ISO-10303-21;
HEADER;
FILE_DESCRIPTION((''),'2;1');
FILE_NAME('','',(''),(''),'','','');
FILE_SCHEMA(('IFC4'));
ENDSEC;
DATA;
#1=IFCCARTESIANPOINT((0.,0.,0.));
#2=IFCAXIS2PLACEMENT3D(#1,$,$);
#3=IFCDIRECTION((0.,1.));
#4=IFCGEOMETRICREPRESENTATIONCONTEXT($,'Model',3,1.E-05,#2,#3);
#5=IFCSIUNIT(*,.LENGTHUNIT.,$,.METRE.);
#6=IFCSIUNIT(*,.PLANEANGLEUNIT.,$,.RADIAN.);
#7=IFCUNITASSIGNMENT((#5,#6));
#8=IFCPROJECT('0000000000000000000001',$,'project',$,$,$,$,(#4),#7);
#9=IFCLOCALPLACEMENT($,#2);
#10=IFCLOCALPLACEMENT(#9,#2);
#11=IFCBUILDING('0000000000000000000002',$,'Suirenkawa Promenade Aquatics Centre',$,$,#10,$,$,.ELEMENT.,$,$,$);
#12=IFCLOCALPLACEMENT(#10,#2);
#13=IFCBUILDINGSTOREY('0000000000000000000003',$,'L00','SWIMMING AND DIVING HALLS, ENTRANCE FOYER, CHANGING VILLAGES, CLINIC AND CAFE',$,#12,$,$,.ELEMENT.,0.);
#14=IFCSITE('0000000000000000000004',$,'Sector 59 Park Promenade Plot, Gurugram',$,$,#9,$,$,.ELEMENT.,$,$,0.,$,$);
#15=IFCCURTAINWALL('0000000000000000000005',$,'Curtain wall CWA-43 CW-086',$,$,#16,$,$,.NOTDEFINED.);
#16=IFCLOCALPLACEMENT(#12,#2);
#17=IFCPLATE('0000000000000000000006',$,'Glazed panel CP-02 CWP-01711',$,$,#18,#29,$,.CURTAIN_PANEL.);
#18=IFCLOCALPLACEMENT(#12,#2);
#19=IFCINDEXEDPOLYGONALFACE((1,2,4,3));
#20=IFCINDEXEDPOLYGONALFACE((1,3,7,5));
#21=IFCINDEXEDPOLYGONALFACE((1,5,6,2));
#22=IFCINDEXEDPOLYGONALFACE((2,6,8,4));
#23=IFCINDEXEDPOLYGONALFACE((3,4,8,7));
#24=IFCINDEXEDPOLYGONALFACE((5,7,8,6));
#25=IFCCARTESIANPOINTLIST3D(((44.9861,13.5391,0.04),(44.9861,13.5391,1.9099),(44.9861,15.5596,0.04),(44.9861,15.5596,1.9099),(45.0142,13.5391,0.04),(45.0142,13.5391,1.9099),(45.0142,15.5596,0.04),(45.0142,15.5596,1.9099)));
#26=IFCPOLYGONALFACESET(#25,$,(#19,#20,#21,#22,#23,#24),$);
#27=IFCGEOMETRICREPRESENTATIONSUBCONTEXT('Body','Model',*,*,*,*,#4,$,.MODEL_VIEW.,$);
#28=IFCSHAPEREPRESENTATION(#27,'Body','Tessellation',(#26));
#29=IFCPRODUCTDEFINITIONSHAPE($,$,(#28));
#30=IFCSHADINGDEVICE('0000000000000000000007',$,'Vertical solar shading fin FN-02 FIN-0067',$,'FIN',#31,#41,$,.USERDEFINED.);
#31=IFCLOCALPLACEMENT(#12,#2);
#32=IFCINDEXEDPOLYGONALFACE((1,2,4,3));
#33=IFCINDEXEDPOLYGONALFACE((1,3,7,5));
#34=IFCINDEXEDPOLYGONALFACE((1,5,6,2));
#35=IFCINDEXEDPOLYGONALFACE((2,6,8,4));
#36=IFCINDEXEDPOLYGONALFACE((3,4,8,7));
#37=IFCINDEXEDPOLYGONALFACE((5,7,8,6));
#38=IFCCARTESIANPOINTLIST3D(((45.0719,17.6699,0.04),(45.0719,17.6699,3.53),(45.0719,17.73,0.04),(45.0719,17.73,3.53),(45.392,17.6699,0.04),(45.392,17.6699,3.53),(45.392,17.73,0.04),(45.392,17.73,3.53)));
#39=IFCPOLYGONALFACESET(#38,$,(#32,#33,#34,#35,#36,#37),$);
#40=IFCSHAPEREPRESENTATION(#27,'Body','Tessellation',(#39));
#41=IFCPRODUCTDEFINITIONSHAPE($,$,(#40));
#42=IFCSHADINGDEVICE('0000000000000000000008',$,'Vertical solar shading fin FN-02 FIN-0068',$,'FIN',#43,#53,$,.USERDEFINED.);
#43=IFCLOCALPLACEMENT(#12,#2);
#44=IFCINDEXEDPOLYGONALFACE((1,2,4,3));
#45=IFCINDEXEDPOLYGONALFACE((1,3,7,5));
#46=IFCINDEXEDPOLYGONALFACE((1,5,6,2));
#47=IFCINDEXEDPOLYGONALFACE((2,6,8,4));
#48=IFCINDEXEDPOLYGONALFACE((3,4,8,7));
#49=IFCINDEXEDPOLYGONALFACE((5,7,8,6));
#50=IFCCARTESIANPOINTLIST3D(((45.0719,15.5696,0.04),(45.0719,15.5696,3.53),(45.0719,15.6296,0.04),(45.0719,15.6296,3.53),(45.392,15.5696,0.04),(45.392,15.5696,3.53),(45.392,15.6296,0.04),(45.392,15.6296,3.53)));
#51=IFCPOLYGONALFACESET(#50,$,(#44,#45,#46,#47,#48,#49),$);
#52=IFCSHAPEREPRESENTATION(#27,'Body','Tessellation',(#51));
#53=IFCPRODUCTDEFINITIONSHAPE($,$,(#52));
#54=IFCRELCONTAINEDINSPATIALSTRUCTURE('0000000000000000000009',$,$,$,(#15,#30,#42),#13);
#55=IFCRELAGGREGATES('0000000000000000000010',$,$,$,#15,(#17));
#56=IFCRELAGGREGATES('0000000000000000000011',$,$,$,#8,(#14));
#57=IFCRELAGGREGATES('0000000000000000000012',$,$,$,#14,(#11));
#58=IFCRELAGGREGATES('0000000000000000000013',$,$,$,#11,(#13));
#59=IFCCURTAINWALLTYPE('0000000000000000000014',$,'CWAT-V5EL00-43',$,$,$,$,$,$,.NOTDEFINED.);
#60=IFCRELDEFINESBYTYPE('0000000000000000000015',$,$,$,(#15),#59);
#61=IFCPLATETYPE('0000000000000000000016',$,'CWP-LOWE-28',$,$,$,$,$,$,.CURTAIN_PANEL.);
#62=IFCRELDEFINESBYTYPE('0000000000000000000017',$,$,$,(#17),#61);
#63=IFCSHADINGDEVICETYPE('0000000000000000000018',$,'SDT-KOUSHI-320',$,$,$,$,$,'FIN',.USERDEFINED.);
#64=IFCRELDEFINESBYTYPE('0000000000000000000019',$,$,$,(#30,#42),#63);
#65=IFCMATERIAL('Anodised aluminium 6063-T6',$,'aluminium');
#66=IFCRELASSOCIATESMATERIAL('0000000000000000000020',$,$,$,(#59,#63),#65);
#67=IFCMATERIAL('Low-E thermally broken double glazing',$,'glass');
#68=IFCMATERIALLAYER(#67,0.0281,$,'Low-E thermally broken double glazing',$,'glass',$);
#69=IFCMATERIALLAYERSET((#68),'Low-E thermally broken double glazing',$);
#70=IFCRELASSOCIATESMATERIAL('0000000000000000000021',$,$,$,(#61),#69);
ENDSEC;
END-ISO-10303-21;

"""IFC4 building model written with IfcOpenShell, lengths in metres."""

from ifc_helpers import new_model, si_unit, direction, frame, origin, origin_2d, place, context, subcontext, project, spatial, polyline, rectangle, outline, extrude, material, layer, layer_set, type_object, element, aggregate, save


model = new_model("IFC4")

# Units and contexts
model_context = context("Model", 3, precision=1e-05, world=origin(), true_north=direction((0.0, 1.0)))
body_context = subcontext(model_context, "Body", "Model", "MODEL_VIEW")
ifc_project = project(units=[si_unit("LENGTHUNIT", "METRE"), si_unit("PLANEANGLEUNIT", "RADIAN")], contexts=[model_context])

# Site, building, storey
site_placement = place(None, origin())
site = spatial("IfcSite", under=ifc_project, at=site_placement, Name="Sector 59 Park Promenade Plot, Gurugram", CompositionType="ELEMENT", RefElevation=0.0)
building_placement = place(site_placement, origin())
building = spatial("IfcBuilding", under=site, at=building_placement, Name="Suirenkawa Promenade Aquatics Centre", CompositionType="ELEMENT")
storey_placement = place(building_placement, origin())
storey = spatial("IfcBuildingStorey", under=building, at=storey_placement, Name="L00", Description="SWIMMING AND DIVING HALLS, ENTRANCE FOYER, CHANGING VILLAGES, CLINIC AND CAFE", CompositionType="ELEMENT", Elevation=0.0)

# Curtain wall, plate
ifc_material_1 = material(Name="Anodised aluminium 6063-T6", Category="aluminium")
curtain_wall_type = type_object("IfcCurtainWallType", Name="CWAT-V5EL00-43", PredefinedType="NOTDEFINED", material=ifc_material_1)
curtain_wall_placement = place(storey_placement, origin())
curtain_wall = element("IfcCurtainWall", 1, at=curtain_wall_placement, inside=storey, type_object=curtain_wall_type, Name="Curtain wall CWA-43 CW-086", PredefinedType="NOTDEFINED")
ifc_material_2 = material(Name="Low-E thermally broken double glazing", Category="glass")
ifc_layer = layer(ifc_material_2, 0.0281, Name="Low-E thermally broken double glazing", Category="glass")
ifc_layer_set = layer_set([ifc_layer], Name="Low-E thermally broken double glazing")
plate_type = type_object("IfcPlateType", Name="CWP-LOWE-28", PredefinedType="CURTAIN_PANEL", material=ifc_layer_set)
plate_1_placement = place(storey_placement, frame((45.0, 15.5996, 0.04), z_axis=(0.0, 0.0, 1.0), x_axis=(0.0, -1.0, 0.0)))
plate_1 = element("IfcPlate", 2, at=plate_1_placement, type_object=plate_type, Name="Glazed panel CP-02 CWP-01711", PredefinedType="CURTAIN_PANEL", context=body_context, shape_type="SweptSolid", body=[
    extrude(outline(polyline([(0.04, 0.0), (2.0605, 0.0), (2.0605, 1.8699), (0.04, 1.8699), (0.04, 0.0)])), frame((0.0, 0.0142, 0.0), z_axis=(0.0, -1.0, 0.0), x_axis=(1.0, 0.0, 0.0)), (0.0, 0.0, 1.0), 0.0281),
])
aggregate(curtain_wall, [plate_1])

# Shading devices
shading_device_type = type_object("IfcShadingDeviceType", Name="SDT-KOUSHI-320", ElementType="FIN", PredefinedType="USERDEFINED", material=ifc_material_1)
for number, where, z_axis, x_axis, name in (
    (3, (45.2319, 17.7, 0.04), (0.0, 0.0, 1.0), (1.0, 0.0, 0.0), "Vertical solar shading fin FN-02 FIN-0067"),
    (4, (45.2319, 15.5996, 0.04), (0.0, 0.0, 1.0), (1.0, 0.0, 0.0), "Vertical solar shading fin FN-02 FIN-0068"),
):
    element("IfcShadingDevice", number, at=place(storey_placement, frame(where, z_axis=z_axis, x_axis=x_axis)), inside=storey, type_object=shading_device_type, Name=name, ObjectType="FIN", PredefinedType="USERDEFINED", context=body_context, shape_type="SweptSolid", body=[
        extrude(rectangle(XDim=0.3201, YDim=0.0601, at=origin_2d()), origin(), (0.0, 0.0, 1.0), 3.49),
    ])

save(model, "model.ifc")
